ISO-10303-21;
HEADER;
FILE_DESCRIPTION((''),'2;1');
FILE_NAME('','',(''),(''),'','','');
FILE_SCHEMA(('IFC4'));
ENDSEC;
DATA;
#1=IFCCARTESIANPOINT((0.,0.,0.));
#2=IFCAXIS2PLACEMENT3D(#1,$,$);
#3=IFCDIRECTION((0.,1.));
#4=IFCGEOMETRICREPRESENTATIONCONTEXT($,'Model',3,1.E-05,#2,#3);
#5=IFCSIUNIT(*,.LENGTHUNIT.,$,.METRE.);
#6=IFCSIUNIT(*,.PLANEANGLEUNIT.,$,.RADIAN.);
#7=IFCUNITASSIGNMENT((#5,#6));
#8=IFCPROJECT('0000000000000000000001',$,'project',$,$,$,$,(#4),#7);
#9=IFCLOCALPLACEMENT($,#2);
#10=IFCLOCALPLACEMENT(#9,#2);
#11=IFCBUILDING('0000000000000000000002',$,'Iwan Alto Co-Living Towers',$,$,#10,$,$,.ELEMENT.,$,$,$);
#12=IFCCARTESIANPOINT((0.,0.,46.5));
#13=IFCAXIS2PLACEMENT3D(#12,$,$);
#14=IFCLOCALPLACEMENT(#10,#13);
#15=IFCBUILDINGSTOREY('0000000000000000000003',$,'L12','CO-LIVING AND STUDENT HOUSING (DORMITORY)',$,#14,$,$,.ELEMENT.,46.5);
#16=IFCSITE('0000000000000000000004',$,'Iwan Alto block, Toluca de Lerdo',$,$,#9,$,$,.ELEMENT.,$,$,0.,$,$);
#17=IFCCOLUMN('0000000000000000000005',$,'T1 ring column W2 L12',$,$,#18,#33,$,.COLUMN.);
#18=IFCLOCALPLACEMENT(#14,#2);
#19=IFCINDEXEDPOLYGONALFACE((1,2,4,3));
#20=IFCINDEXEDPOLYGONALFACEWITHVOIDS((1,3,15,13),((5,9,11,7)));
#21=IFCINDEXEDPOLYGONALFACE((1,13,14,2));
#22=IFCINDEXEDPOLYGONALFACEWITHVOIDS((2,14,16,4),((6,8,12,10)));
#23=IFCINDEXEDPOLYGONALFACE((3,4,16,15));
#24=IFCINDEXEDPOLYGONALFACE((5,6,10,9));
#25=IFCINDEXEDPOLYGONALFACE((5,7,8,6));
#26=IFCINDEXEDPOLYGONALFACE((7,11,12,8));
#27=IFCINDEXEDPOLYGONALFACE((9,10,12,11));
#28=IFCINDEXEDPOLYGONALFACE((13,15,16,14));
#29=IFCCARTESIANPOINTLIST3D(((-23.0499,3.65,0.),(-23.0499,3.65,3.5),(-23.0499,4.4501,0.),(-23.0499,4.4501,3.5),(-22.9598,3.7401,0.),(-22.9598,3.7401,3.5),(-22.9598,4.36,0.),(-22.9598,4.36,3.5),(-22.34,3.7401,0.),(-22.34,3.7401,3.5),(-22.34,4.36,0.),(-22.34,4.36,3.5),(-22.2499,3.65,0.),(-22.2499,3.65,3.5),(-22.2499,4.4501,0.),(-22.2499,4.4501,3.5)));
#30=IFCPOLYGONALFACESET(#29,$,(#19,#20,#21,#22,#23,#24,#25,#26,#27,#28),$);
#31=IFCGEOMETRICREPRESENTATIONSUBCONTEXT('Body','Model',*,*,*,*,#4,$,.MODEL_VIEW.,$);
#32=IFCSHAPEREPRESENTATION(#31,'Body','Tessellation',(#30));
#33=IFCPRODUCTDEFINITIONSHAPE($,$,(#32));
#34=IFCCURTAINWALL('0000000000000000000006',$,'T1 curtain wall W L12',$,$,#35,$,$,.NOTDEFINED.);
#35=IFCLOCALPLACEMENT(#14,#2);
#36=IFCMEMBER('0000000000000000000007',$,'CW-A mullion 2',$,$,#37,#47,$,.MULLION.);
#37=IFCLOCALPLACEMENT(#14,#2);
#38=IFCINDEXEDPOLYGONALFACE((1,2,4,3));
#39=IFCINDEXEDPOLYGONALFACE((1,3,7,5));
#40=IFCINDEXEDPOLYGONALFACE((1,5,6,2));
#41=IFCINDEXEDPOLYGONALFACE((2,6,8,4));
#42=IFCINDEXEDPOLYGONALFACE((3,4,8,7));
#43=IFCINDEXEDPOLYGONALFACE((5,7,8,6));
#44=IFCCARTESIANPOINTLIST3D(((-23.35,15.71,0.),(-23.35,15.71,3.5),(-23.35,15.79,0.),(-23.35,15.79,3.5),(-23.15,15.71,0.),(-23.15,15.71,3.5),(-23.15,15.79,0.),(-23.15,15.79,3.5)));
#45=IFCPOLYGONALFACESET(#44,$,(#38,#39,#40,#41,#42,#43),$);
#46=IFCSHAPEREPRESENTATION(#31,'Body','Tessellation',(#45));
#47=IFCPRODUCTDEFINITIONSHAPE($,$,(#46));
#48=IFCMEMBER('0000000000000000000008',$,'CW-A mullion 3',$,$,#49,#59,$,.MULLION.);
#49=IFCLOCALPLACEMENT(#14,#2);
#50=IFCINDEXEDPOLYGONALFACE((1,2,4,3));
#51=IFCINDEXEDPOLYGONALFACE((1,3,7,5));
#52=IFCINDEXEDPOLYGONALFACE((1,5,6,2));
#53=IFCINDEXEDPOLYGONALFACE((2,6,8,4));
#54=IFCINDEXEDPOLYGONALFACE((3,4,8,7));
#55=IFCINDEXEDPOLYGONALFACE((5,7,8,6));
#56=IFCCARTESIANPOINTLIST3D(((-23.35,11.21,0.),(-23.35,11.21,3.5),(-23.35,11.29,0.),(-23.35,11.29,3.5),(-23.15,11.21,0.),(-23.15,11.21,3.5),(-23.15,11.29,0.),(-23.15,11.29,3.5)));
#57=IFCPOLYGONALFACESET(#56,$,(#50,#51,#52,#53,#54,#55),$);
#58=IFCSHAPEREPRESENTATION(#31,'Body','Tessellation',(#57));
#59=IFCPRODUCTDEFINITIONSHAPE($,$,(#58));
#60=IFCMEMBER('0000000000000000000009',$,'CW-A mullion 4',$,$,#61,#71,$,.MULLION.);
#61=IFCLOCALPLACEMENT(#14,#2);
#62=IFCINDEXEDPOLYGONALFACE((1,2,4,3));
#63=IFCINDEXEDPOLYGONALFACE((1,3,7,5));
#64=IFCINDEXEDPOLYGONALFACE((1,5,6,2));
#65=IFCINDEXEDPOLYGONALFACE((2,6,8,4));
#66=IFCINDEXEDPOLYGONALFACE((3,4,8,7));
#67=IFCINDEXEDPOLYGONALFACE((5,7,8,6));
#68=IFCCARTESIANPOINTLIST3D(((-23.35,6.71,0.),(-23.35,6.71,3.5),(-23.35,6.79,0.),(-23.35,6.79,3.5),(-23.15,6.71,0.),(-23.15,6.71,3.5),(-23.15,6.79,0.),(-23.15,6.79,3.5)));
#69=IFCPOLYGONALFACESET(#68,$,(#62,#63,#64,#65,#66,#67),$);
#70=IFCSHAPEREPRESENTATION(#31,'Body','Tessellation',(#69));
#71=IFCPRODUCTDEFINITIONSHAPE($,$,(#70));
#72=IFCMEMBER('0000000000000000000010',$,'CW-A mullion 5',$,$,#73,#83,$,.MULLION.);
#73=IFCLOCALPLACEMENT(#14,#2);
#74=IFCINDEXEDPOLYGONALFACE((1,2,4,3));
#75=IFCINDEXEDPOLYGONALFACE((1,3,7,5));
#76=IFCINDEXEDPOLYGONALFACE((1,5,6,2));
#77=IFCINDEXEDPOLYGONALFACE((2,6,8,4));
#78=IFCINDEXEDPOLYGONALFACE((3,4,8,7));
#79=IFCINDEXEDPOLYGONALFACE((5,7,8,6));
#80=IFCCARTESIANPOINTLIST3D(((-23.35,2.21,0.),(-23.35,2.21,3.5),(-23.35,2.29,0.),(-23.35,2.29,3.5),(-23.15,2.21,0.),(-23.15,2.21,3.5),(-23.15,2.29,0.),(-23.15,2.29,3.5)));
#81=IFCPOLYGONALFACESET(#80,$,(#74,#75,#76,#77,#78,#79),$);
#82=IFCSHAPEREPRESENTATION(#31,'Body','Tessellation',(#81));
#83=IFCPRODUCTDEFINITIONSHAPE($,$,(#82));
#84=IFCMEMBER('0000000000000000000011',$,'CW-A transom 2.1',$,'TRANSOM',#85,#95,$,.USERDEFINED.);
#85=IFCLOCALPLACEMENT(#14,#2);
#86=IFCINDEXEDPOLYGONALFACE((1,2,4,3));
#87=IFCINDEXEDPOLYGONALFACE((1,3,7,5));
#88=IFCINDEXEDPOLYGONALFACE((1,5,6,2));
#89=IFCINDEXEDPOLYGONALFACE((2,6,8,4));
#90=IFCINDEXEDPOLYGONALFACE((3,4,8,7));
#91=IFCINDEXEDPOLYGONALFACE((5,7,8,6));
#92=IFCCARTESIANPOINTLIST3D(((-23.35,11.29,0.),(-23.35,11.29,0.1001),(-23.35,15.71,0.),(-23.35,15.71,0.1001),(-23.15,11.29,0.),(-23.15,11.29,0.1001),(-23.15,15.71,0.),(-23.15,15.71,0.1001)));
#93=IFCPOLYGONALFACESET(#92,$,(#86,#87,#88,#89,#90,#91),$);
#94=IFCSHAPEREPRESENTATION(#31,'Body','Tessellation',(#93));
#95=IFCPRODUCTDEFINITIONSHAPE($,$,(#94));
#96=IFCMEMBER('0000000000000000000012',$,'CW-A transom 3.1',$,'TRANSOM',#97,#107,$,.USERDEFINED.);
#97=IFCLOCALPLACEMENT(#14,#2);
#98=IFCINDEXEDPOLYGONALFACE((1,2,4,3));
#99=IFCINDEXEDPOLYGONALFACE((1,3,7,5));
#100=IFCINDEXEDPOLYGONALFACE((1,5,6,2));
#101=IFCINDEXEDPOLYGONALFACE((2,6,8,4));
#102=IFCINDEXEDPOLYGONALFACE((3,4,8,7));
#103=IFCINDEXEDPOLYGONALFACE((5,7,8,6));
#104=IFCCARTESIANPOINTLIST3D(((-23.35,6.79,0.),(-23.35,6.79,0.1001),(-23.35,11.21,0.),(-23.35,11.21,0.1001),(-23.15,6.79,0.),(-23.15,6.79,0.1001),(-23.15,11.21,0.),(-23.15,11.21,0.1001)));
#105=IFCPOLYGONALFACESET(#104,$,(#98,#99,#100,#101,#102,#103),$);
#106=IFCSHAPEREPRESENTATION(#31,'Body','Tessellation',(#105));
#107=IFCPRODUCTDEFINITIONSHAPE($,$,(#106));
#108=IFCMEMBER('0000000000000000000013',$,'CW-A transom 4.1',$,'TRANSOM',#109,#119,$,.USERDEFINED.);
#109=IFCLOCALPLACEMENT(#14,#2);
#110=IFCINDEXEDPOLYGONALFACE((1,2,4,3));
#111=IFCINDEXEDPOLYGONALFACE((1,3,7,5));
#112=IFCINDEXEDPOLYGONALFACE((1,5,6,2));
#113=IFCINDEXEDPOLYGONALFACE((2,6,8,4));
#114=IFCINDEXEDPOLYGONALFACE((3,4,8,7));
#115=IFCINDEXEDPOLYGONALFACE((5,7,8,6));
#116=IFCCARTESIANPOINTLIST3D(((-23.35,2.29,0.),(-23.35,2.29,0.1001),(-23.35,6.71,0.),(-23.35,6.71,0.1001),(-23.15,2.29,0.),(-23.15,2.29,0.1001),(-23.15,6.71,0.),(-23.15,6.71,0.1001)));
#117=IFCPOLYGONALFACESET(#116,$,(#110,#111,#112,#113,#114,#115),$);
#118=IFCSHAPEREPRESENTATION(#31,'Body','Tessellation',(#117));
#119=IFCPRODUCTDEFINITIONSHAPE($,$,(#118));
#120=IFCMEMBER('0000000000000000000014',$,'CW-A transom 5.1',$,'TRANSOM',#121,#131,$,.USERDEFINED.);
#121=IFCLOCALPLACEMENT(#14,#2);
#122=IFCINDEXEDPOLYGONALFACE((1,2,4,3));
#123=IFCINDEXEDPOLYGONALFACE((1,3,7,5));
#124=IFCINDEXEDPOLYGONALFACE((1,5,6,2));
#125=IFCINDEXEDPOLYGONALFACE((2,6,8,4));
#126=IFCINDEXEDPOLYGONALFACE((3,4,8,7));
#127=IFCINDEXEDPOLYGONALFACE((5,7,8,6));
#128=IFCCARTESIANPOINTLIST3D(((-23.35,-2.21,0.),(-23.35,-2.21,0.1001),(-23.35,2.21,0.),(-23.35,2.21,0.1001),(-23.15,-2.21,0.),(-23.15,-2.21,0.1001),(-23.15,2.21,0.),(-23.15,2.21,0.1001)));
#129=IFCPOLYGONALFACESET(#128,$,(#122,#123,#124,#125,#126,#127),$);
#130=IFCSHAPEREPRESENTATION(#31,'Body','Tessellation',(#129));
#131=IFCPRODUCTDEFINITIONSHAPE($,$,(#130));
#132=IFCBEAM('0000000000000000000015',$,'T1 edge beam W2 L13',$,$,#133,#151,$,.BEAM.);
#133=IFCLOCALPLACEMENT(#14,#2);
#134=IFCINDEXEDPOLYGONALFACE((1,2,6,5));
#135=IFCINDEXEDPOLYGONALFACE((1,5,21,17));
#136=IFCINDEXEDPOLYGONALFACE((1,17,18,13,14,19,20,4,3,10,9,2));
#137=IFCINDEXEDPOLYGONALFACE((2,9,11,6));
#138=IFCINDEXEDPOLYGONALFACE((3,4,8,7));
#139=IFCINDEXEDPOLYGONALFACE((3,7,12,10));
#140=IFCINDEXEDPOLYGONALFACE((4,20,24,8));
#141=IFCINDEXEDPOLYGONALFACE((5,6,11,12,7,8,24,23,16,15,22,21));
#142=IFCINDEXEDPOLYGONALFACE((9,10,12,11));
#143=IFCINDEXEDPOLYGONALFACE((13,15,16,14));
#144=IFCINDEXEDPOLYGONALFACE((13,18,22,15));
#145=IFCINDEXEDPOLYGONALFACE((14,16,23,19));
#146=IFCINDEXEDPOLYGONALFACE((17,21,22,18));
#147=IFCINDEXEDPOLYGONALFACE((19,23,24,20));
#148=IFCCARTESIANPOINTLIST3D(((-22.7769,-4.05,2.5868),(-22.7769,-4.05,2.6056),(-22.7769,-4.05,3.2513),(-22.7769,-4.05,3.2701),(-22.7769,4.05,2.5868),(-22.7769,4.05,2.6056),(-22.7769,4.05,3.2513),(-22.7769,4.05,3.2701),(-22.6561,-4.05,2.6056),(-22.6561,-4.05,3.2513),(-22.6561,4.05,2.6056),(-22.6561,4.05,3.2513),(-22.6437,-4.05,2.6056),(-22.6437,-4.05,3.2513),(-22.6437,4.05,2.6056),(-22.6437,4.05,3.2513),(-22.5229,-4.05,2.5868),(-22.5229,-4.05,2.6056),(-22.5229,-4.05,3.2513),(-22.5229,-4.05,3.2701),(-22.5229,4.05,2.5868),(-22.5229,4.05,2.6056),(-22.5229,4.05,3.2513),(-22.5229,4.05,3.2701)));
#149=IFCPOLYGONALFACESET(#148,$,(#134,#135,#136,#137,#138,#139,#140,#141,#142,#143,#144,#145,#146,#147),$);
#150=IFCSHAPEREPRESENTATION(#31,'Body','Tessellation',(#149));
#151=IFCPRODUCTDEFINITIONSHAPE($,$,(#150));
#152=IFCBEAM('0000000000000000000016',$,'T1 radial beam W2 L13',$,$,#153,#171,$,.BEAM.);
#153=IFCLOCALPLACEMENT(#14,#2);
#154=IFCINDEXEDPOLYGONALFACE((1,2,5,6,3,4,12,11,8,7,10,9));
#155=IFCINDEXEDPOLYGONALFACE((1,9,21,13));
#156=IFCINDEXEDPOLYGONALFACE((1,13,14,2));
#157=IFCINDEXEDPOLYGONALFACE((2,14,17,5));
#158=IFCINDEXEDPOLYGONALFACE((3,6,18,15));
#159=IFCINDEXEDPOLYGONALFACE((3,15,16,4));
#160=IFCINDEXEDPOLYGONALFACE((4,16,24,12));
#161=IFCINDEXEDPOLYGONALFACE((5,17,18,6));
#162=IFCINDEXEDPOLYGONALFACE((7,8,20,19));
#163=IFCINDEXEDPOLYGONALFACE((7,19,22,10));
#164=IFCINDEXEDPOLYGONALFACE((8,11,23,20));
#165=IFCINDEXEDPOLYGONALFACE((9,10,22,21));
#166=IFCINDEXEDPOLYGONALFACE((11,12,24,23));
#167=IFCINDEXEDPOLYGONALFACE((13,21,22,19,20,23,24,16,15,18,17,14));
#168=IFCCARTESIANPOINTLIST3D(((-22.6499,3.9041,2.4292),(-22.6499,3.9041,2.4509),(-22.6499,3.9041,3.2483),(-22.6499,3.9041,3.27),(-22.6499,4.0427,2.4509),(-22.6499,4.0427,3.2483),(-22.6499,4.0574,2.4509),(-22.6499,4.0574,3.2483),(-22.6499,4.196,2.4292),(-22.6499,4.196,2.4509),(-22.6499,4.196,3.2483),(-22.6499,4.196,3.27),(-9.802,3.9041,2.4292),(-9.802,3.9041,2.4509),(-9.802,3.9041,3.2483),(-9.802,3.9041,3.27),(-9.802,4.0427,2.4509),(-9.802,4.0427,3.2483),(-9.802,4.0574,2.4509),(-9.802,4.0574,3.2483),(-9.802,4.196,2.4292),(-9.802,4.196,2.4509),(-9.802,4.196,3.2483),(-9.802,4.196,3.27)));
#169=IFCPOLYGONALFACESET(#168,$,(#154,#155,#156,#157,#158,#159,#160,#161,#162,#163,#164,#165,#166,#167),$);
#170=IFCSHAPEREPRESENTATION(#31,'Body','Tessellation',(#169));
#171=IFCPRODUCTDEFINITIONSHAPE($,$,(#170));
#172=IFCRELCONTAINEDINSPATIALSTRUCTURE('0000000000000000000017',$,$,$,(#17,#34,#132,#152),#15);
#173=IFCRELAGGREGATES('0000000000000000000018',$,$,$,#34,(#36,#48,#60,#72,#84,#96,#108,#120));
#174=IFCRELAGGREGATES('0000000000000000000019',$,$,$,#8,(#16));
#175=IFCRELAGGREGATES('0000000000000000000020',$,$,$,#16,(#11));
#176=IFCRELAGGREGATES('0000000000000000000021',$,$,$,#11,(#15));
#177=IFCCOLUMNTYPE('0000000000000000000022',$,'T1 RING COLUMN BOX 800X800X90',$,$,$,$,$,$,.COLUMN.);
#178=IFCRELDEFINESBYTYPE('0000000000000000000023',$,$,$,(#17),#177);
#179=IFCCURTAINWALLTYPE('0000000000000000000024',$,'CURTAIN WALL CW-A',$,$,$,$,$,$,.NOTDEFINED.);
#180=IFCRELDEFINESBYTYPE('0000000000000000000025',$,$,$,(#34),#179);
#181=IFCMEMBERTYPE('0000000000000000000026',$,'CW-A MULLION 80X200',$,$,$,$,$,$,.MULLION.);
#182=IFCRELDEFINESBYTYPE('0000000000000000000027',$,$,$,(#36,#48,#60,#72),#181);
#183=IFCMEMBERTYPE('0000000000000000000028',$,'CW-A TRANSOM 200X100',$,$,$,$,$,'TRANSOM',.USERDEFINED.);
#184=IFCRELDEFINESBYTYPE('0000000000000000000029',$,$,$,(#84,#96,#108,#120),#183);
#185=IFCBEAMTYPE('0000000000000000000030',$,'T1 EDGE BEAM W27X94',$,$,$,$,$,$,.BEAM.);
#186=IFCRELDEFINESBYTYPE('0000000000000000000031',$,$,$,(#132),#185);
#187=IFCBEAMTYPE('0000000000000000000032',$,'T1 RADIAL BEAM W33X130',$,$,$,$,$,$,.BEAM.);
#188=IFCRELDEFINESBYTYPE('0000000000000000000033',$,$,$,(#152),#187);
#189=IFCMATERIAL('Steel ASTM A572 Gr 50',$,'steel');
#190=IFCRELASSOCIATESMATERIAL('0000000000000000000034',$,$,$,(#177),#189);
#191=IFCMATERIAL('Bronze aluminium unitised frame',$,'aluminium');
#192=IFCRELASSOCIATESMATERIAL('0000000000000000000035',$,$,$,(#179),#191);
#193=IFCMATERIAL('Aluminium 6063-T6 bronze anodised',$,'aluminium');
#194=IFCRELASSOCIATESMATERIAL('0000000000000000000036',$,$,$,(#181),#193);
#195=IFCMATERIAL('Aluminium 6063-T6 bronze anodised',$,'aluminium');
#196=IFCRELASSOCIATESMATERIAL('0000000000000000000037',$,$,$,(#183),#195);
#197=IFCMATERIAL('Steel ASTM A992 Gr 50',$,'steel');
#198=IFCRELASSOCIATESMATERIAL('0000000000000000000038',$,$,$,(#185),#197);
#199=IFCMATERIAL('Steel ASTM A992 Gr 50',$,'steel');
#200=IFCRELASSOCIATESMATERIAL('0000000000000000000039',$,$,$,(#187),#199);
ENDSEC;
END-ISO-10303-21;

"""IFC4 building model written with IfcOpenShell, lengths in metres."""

from ifc_helpers import new_model, si_unit, direction, frame, origin, origin_2d, place, context, subcontext, project, spatial, rectangle, hollow_rectangle, i_section, extrude, material, material_profile, profile_set, type_object, element, aggregate, save


model = new_model("IFC4")

# Units and contexts
model_context = context("Model", 3, precision=1e-05, world=origin(), true_north=direction((0.0, 1.0)))
body_context = subcontext(model_context, "Body", "Model", "MODEL_VIEW")
ifc_project = project(units=[si_unit("LENGTHUNIT", "METRE"), si_unit("PLANEANGLEUNIT", "RADIAN")], contexts=[model_context])

# Site, building, storey
site_placement = place(None, origin())
site = spatial("IfcSite", under=ifc_project, at=site_placement, Name="Iwan Alto block, Toluca de Lerdo", CompositionType="ELEMENT", RefElevation=0.0)
building_placement = place(site_placement, origin())
building = spatial("IfcBuilding", under=site, at=building_placement, Name="Iwan Alto Co-Living Towers", CompositionType="ELEMENT")
storey_placement = place(building_placement, frame((0.0, 0.0, 46.5)))
storey = spatial("IfcBuildingStorey", under=building, at=storey_placement, Name="L12", Description="CO-LIVING AND STUDENT HOUSING (DORMITORY)", CompositionType="ELEMENT", Elevation=46.5)

# Column
ifc_material_1 = material(Name="Steel ASTM A572 Gr 50", Category="steel")
ifc_material_profile_1 = material_profile(ifc_material_1, hollow_rectangle(XDim=0.8, YDim=0.8, WallThickness=0.0901, at=origin_2d()), Name="BOX 800X800X90")
ifc_profile_set_1 = profile_set([ifc_material_profile_1], Name="Steel ASTM A572 Gr 50")
column_type = type_object("IfcColumnType", Name="T1 RING COLUMN BOX 800X800X90", PredefinedType="COLUMN", material=ifc_profile_set_1)
column_placement = place(storey_placement, frame((-22.6499, 4.05, 0.0), z_axis=(0.0, 0.0, 1.0), x_axis=(1.0, 0.0, 0.0)))
element("IfcColumn", 1, at=column_placement, inside=storey, type_object=column_type, Name="T1 ring column W2 L12", PredefinedType="COLUMN", context=body_context, shape_type="SweptSolid", body=[
    extrude(hollow_rectangle(XDim=0.8, YDim=0.8, WallThickness=0.0901, at=origin_2d()), origin(), (0.0, 0.0, 1.0), 3.5),
])

# Curtain wall, members
ifc_material_2 = material(Name="Bronze aluminium unitised frame", Category="aluminium")
curtain_wall_type = type_object("IfcCurtainWallType", Name="CURTAIN WALL CW-A", PredefinedType="NOTDEFINED", material=ifc_material_2)
curtain_wall_placement = place(storey_placement, origin())
curtain_wall = element("IfcCurtainWall", 2, at=curtain_wall_placement, inside=storey, type_object=curtain_wall_type, Name="T1 curtain wall W L12", PredefinedType="NOTDEFINED")
ifc_material_3 = material(Name="Aluminium 6063-T6 bronze anodised", Category="aluminium")
ifc_material_profile_2 = material_profile(ifc_material_3, rectangle(XDim=0.2, YDim=0.0801, at=origin_2d()), Name="AL 80X200")
ifc_profile_set_2 = profile_set([ifc_material_profile_2], Name="Aluminium 6063-T6 bronze anodised")
member_type_1 = type_object("IfcMemberType", Name="CW-A MULLION 80X200", PredefinedType="MULLION", material=ifc_profile_set_2)
member_1_placement = place(storey_placement, frame((-23.25, 15.75, 0.0), z_axis=(0.0, 0.0, 1.0), x_axis=(1.0, 0.0, 0.0)))
member_1 = element("IfcMember", 3, at=member_1_placement, type_object=member_type_1, Name="CW-A mullion 2", PredefinedType="MULLION", context=body_context, shape_type="SweptSolid", body=[
    extrude(rectangle(XDim=0.2, YDim=0.0801, at=origin_2d()), origin(), (0.0, 0.0, 1.0), 3.5),
])
member_2_placement = place(storey_placement, frame((-23.25, 11.25, 0.0), z_axis=(0.0, 0.0, 1.0), x_axis=(1.0, 0.0, 0.0)))
member_2 = element("IfcMember", 4, at=member_2_placement, type_object=member_type_1, Name="CW-A mullion 3", PredefinedType="MULLION", context=body_context, shape_type="SweptSolid", body=[
    extrude(rectangle(XDim=0.2, YDim=0.0801, at=origin_2d()), origin(), (0.0, 0.0, 1.0), 3.5),
])
member_3_placement = place(storey_placement, frame((-23.25, 6.75, 0.0), z_axis=(0.0, 0.0, 1.0), x_axis=(1.0, 0.0, 0.0)))
member_3 = element("IfcMember", 5, at=member_3_placement, type_object=member_type_1, Name="CW-A mullion 4", PredefinedType="MULLION", context=body_context, shape_type="SweptSolid", body=[
    extrude(rectangle(XDim=0.2, YDim=0.0801, at=origin_2d()), origin(), (0.0, 0.0, 1.0), 3.5),
])
member_4_placement = place(storey_placement, frame((-23.25, 2.25, 0.0), z_axis=(0.0, 0.0, 1.0), x_axis=(1.0, 0.0, 0.0)))
member_4 = element("IfcMember", 6, at=member_4_placement, type_object=member_type_1, Name="CW-A mullion 5", PredefinedType="MULLION", context=body_context, shape_type="SweptSolid", body=[
    extrude(rectangle(XDim=0.2, YDim=0.0801, at=origin_2d()), origin(), (0.0, 0.0, 1.0), 3.5),
])
ifc_material_4 = material(Name="Aluminium 6063-T6 bronze anodised", Category="aluminium")
ifc_material_profile_3 = material_profile(ifc_material_4, rectangle(XDim=0.2, YDim=0.1001, at=origin_2d()), Name="AL 200X100")
ifc_profile_set_3 = profile_set([ifc_material_profile_3], Name="Aluminium 6063-T6 bronze anodised")
member_type_2 = type_object("IfcMemberType", Name="CW-A TRANSOM 200X100", ElementType="TRANSOM", PredefinedType="USERDEFINED", material=ifc_profile_set_3)
member_5_placement = place(storey_placement, frame((-23.25, 15.71, 0.05), z_axis=(0.0, -1.0, 0.0), x_axis=(1.0, 0.0, 0.0)))
member_5 = element("IfcMember", 7, at=member_5_placement, type_object=member_type_2, Name="CW-A transom 2.1", ObjectType="TRANSOM", PredefinedType="USERDEFINED", context=body_context, shape_type="SweptSolid", body=[
    extrude(rectangle(XDim=0.2, YDim=0.1001, at=origin_2d()), origin(), (0.0, 0.0, 1.0), 4.4199),
])
member_6_placement = place(storey_placement, frame((-23.25, 11.21, 0.05), z_axis=(0.0, -1.0, 0.0), x_axis=(1.0, 0.0, 0.0)))
member_6 = element("IfcMember", 8, at=member_6_placement, type_object=member_type_2, Name="CW-A transom 3.1", ObjectType="TRANSOM", PredefinedType="USERDEFINED", context=body_context, shape_type="SweptSolid", body=[
    extrude(rectangle(XDim=0.2, YDim=0.1001, at=origin_2d()), origin(), (0.0, 0.0, 1.0), 4.4199),
])
member_7_placement = place(storey_placement, frame((-23.25, 6.71, 0.05), z_axis=(0.0, -1.0, 0.0), x_axis=(1.0, 0.0, 0.0)))
member_7 = element("IfcMember", 9, at=member_7_placement, type_object=member_type_2, Name="CW-A transom 4.1", ObjectType="TRANSOM", PredefinedType="USERDEFINED", context=body_context, shape_type="SweptSolid", body=[
    extrude(rectangle(XDim=0.2, YDim=0.1001, at=origin_2d()), origin(), (0.0, 0.0, 1.0), 4.4199),
])
member_8_placement = place(storey_placement, frame((-23.25, 2.21, 0.05), z_axis=(0.0, -1.0, 0.0), x_axis=(1.0, 0.0, 0.0)))
member_8 = element("IfcMember", 10, at=member_8_placement, type_object=member_type_2, Name="CW-A transom 5.1", ObjectType="TRANSOM", PredefinedType="USERDEFINED", context=body_context, shape_type="SweptSolid", body=[
    extrude(rectangle(XDim=0.2, YDim=0.1001, at=origin_2d()), origin(), (0.0, 0.0, 1.0), 4.4199),
])

# Beams
ifc_material_5 = material(Name="Steel ASTM A992 Gr 50", Category="steel")
ifc_material_profile_4 = material_profile(ifc_material_5, i_section(OverallWidth=0.2539, OverallDepth=0.6833, WebThickness=0.0125, FlangeThickness=0.0188, at=origin_2d()), Name="W27X94")
ifc_profile_set_4 = profile_set([ifc_material_profile_4], Name="Steel ASTM A992 Gr 50")
beam_type_1 = type_object("IfcBeamType", Name="T1 EDGE BEAM W27X94", PredefinedType="BEAM", material=ifc_profile_set_4)
beam_1_placement = place(storey_placement, frame((-22.6499, 4.05, 2.9285), z_axis=(0.0, -1.0, 0.0), x_axis=(1.0, 0.0, 0.0)))
element("IfcBeam", 11, at=beam_1_placement, inside=storey, type_object=beam_type_1, Name="T1 edge beam W2 L13", PredefinedType="BEAM", context=body_context, shape_type="SweptSolid", body=[
    extrude(i_section(OverallWidth=0.2539, OverallDepth=0.6833, WebThickness=0.0125, FlangeThickness=0.0188, at=origin_2d()), origin(), (0.0, 0.0, 1.0), 8.1001),
])
ifc_material_6 = material(Name="Steel ASTM A992 Gr 50", Category="steel")
ifc_material_profile_5 = material_profile(ifc_material_6, i_section(OverallWidth=0.292, OverallDepth=0.8408, WebThickness=0.0146, FlangeThickness=0.0217, at=origin_2d()), Name="W33X130")
ifc_profile_set_5 = profile_set([ifc_material_profile_5], Name="Steel ASTM A992 Gr 50")
beam_type_2 = type_object("IfcBeamType", Name="T1 RADIAL BEAM W33X130", PredefinedType="BEAM", material=ifc_profile_set_5)
beam_2_placement = place(storey_placement, frame((-22.6499, 4.05, 2.8496), z_axis=(1.0, 0.0, 0.0), x_axis=(0.0, 1.0, 0.0)))
element("IfcBeam", 12, at=beam_2_placement, inside=storey, type_object=beam_type_2, Name="T1 radial beam W2 L13", PredefinedType="BEAM", context=body_context, shape_type="SweptSolid", body=[
    extrude(i_section(OverallWidth=0.292, OverallDepth=0.8408, WebThickness=0.0146, FlangeThickness=0.0217, at=origin_2d()), origin(), (0.0, 0.0, 1.0), 12.8479),
])

aggregate(curtain_wall, [member_1, member_2, member_3, member_4, member_5, member_6, member_7, member_8])

save(model, "model.ifc")
